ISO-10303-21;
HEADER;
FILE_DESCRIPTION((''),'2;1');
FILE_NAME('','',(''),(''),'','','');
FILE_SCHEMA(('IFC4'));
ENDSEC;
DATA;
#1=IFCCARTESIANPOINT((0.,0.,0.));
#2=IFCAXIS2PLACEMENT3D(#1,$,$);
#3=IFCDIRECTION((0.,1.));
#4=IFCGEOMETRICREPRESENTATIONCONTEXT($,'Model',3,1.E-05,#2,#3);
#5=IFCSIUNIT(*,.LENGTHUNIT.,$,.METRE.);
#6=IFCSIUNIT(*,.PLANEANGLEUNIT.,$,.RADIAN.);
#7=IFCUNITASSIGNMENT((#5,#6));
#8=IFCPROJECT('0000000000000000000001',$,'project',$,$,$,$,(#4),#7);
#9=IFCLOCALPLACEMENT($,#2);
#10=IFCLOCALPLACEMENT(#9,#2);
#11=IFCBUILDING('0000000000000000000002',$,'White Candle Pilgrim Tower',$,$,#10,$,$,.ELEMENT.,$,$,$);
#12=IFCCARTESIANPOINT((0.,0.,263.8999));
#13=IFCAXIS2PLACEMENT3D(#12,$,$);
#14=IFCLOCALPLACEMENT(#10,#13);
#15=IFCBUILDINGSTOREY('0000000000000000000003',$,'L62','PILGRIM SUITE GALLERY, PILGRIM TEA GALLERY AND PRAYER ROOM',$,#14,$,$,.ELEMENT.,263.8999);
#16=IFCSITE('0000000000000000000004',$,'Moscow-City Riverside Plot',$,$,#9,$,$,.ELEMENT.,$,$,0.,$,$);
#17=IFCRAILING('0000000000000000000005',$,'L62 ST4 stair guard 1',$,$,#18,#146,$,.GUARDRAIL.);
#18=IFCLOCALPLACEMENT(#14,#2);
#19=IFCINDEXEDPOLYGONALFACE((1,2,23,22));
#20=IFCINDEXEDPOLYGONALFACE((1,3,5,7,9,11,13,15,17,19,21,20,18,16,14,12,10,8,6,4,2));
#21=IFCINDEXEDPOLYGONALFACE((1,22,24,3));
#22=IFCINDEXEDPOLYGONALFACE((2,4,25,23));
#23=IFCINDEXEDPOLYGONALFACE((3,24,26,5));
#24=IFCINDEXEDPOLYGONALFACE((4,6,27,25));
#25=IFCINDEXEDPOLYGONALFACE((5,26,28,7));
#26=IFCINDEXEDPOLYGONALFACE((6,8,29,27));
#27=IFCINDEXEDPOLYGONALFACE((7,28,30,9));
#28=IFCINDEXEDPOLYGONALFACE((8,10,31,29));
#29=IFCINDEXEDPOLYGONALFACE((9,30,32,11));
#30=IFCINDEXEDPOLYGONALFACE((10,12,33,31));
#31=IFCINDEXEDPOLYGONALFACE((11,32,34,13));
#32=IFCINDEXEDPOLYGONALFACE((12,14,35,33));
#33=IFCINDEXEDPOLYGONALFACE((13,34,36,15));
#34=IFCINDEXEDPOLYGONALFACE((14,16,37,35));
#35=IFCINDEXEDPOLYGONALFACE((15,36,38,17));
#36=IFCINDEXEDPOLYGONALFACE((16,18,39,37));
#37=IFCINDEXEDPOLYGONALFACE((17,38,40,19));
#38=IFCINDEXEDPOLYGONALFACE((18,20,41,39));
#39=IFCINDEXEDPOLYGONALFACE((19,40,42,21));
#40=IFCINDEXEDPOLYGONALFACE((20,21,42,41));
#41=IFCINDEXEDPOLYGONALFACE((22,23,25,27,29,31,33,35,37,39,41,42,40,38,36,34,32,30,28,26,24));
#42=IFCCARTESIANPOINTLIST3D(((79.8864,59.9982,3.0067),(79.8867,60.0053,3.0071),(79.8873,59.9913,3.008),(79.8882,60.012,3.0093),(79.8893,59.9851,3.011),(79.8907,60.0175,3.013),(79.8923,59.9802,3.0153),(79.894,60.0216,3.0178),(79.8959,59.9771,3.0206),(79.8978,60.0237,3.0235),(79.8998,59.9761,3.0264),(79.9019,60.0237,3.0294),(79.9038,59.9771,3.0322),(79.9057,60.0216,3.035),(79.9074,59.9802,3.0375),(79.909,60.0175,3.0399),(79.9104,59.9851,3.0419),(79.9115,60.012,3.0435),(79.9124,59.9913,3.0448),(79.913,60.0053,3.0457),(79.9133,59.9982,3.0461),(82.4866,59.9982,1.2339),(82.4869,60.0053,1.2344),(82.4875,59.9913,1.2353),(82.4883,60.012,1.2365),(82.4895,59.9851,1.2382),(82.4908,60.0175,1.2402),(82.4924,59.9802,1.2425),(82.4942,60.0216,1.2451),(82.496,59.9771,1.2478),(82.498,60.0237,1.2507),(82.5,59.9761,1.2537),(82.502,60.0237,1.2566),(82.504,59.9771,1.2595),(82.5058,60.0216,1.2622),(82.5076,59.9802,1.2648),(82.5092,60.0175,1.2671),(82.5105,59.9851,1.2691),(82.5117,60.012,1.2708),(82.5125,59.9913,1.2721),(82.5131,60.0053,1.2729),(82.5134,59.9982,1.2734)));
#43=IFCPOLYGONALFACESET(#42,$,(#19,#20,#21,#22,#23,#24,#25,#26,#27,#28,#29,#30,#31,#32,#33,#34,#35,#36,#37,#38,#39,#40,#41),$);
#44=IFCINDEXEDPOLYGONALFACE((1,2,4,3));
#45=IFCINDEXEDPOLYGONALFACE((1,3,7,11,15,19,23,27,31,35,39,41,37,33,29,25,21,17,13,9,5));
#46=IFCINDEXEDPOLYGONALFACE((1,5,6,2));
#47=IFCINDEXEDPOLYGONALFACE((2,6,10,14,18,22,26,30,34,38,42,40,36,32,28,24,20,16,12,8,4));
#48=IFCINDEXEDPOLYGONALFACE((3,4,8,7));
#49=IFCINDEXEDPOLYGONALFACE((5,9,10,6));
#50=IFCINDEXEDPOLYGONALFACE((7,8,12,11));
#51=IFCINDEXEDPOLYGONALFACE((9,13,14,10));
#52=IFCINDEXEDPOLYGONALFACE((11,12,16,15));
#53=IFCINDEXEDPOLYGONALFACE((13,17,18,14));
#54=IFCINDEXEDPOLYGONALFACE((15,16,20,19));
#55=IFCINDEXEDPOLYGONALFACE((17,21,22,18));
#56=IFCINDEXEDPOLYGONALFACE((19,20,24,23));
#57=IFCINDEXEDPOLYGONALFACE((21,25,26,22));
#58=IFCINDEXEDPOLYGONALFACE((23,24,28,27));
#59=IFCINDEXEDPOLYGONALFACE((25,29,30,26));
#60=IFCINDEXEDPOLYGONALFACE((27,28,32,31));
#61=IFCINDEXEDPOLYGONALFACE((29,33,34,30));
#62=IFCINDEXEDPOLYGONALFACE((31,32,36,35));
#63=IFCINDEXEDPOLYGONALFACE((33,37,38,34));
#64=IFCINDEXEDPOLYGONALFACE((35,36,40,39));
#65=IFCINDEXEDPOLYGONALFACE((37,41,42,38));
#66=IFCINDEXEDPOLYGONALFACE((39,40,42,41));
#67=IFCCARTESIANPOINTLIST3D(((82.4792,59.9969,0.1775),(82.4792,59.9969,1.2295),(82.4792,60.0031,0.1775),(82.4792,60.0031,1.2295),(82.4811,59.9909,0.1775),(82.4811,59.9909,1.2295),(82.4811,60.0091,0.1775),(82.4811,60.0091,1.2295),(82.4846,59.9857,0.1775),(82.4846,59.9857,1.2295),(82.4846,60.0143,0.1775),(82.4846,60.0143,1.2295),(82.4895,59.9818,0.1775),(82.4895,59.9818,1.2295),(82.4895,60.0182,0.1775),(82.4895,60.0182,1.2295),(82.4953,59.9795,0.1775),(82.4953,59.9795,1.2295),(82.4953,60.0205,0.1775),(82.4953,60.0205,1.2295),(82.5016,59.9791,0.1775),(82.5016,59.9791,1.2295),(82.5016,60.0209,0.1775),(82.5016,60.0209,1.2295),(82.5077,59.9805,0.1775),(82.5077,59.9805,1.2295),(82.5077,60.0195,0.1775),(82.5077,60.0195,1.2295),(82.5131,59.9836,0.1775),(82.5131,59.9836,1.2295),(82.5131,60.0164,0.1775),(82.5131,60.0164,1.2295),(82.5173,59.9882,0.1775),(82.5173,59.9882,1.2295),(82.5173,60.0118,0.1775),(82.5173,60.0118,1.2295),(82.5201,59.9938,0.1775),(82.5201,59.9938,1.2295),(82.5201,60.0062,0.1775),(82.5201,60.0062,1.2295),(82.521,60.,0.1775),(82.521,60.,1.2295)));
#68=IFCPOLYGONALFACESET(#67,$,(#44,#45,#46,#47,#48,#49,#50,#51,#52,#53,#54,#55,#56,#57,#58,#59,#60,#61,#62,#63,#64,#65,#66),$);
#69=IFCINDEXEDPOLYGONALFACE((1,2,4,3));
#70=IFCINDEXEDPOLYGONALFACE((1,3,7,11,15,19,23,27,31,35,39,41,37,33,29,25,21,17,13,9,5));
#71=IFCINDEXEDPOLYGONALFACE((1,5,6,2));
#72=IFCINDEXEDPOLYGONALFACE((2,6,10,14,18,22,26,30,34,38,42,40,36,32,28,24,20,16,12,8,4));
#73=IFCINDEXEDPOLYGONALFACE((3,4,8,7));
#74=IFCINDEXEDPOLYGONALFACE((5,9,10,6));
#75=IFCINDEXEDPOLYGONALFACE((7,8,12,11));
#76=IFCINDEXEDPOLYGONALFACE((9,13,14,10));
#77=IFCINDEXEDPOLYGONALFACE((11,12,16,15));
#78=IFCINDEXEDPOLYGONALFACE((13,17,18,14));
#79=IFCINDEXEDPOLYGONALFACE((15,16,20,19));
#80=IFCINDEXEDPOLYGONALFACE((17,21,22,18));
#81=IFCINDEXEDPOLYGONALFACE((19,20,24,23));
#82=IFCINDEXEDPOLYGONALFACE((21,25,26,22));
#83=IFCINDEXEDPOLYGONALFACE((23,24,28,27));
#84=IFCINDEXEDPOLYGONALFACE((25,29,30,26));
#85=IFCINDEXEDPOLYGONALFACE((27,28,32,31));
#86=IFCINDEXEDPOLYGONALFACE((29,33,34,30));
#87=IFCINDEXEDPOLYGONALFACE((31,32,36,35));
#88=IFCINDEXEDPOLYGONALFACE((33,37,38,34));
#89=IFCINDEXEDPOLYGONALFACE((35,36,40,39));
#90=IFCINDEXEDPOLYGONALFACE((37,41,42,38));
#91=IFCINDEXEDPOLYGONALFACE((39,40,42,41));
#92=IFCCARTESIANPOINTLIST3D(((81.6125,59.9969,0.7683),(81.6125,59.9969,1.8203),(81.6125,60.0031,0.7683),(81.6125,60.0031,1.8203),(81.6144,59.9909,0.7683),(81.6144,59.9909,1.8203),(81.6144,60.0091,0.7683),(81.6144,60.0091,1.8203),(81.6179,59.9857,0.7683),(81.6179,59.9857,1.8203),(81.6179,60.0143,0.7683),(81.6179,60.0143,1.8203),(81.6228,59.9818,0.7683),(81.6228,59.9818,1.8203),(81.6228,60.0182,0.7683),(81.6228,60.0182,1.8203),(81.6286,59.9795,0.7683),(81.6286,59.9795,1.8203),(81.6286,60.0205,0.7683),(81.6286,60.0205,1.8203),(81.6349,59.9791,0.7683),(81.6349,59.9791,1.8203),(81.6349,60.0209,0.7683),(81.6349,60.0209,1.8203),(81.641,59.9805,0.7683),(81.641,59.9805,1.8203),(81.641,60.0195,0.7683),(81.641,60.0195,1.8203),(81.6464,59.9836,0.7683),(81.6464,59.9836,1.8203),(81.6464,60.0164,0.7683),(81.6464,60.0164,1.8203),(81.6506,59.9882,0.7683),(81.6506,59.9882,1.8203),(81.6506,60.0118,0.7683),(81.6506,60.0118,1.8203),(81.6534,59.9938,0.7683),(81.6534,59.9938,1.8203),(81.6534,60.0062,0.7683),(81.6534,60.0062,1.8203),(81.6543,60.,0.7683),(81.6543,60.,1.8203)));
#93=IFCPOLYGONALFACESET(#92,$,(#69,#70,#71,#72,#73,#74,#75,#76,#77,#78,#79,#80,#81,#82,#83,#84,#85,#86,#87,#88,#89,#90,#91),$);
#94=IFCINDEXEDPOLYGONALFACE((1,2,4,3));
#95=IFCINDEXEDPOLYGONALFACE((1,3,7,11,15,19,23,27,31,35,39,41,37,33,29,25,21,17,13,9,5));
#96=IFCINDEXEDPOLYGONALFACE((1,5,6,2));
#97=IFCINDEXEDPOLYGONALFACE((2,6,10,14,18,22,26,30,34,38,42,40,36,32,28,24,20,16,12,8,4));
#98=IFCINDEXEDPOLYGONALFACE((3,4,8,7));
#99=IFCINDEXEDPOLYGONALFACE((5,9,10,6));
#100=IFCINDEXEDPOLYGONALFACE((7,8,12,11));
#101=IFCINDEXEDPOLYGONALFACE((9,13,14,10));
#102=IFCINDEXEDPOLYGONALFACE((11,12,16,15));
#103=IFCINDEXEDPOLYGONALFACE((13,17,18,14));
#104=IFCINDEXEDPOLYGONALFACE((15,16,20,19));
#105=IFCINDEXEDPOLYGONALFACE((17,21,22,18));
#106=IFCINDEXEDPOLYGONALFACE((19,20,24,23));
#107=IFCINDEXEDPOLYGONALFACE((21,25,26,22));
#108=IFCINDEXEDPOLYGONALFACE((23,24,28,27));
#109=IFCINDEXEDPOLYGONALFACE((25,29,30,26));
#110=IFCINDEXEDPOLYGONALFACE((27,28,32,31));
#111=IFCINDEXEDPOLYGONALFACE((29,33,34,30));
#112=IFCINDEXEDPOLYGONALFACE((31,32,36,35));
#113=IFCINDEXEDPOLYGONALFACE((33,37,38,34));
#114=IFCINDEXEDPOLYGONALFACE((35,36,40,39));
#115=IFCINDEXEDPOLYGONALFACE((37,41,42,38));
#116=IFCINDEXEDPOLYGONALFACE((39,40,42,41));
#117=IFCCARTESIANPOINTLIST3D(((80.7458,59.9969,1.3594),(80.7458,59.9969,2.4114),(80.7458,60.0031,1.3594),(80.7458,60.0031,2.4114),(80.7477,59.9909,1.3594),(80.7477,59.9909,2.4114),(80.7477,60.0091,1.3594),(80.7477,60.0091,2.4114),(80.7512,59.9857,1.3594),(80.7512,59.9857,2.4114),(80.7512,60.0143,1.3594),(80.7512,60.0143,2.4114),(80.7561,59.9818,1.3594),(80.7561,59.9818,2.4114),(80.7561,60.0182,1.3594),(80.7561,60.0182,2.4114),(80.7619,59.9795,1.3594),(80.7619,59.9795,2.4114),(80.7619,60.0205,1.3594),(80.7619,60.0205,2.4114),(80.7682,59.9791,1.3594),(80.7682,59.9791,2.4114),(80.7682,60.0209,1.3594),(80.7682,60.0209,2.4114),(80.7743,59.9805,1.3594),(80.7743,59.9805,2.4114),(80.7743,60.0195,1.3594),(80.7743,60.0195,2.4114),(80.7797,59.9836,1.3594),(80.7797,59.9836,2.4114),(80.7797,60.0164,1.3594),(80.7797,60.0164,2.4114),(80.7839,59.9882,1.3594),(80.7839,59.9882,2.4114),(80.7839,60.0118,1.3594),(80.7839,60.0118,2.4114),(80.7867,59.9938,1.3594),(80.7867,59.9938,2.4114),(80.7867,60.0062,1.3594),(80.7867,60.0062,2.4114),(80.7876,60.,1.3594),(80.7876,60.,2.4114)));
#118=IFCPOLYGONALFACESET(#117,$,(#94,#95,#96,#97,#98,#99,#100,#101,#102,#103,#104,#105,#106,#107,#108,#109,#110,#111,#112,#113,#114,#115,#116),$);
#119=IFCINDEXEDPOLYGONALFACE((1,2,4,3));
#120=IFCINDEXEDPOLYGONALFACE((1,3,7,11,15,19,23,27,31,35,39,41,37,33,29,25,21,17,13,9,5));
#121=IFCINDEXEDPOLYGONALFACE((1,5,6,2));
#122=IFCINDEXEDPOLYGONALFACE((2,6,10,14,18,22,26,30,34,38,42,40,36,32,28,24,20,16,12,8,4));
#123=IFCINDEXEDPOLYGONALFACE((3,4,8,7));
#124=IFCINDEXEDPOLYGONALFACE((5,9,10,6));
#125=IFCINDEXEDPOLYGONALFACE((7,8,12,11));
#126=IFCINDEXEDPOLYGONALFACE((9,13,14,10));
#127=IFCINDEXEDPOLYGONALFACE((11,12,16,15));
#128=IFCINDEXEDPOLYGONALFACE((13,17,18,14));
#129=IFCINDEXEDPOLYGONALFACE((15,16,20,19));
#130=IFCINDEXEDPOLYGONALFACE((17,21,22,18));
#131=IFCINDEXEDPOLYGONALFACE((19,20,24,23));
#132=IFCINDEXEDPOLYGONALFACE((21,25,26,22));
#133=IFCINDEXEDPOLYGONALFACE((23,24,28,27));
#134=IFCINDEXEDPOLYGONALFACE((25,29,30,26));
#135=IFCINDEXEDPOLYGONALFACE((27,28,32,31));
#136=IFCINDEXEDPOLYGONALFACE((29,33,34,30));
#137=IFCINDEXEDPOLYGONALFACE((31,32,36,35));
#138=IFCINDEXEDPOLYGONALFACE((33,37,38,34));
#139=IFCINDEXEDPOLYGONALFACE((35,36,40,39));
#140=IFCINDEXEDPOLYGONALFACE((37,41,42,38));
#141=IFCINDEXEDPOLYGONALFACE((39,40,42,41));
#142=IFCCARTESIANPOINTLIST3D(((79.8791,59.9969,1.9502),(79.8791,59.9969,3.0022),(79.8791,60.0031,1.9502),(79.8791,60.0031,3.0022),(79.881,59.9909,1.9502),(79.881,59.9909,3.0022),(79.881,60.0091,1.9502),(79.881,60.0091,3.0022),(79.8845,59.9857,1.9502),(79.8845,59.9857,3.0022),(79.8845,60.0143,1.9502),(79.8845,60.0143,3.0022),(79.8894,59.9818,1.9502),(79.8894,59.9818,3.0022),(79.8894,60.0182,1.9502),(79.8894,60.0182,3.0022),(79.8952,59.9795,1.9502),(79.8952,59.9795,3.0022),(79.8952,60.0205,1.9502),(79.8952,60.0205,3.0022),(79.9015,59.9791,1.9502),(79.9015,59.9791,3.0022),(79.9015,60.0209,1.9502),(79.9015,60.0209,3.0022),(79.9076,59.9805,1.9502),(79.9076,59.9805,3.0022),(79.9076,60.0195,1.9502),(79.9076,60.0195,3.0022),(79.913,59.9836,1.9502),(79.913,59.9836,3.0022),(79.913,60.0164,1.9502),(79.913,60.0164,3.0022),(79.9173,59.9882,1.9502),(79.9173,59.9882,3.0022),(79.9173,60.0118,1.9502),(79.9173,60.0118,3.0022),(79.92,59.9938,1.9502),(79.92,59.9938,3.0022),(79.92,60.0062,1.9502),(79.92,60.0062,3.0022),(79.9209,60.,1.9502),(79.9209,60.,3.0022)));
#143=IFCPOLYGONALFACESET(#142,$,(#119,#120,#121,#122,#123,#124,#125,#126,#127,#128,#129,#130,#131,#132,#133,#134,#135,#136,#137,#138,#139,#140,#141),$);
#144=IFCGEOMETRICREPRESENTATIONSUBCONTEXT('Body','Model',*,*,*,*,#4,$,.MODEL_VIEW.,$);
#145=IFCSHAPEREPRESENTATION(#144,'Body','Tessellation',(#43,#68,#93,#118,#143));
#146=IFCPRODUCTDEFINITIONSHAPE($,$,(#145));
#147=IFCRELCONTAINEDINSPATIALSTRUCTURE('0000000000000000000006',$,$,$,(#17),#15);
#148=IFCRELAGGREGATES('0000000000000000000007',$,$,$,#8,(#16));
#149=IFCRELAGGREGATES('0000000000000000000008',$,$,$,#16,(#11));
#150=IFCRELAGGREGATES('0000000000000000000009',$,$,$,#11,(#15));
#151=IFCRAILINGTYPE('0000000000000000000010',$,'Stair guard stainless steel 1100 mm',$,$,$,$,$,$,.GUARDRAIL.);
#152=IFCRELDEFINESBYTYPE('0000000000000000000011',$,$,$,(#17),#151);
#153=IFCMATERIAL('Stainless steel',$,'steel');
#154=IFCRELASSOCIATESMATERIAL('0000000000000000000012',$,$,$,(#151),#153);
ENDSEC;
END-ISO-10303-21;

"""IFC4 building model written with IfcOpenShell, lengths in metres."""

from ifc_helpers import new_model, si_unit, direction, frame, origin, origin_2d, place, context, subcontext, project, spatial, circle, extrude, material, type_object, element, save


model = new_model("IFC4")

# Units and contexts
model_context = context("Model", 3, precision=1e-05, world=origin(), true_north=direction((0.0, 1.0)))
body_context = subcontext(model_context, "Body", "Model", "MODEL_VIEW")
ifc_project = project(units=[si_unit("LENGTHUNIT", "METRE"), si_unit("PLANEANGLEUNIT", "RADIAN")], contexts=[model_context])

# Site, building, storey
site_placement = place(None, origin())
site = spatial("IfcSite", under=ifc_project, at=site_placement, Name="Moscow-City Riverside Plot", CompositionType="ELEMENT", RefElevation=0.0)
building_placement = place(site_placement, origin())
building = spatial("IfcBuilding", under=site, at=building_placement, Name="White Candle Pilgrim Tower", CompositionType="ELEMENT")
storey_placement = place(building_placement, frame((0.0, 0.0, 263.8999)))
storey = spatial("IfcBuildingStorey", under=building, at=storey_placement, Name="L62", Description="PILGRIM SUITE GALLERY, PILGRIM TEA GALLERY AND PRAYER ROOM", CompositionType="ELEMENT", Elevation=263.8999)

# Railing
ifc_material_1 = material(Name="Stainless steel", Category="steel")
railing_type_1 = type_object("IfcRailingType", Name="Stair guard stainless steel 1100 mm", PredefinedType="GUARDRAIL", material=ifc_material_1)
railing_1_placement = place(storey_placement, frame((82.5, 60.0, 0.1775)))
element("IfcRailing", 1, at=railing_1_placement, inside=storey, type_object=railing_type_1, Name="L62 ST4 stair guard 1", PredefinedType="GUARDRAIL", context=body_context, shape_type="SweptSolid", body=[
    extrude(circle(Radius=0.0239, at=origin_2d()), frame((0.0, 0.0, 1.0762), z_axis=(-0.82624, 0.0, 0.563318), x_axis=(0.0, -1.0, 0.0)), (0.0, 0.0, 1.0), 3.147),
    extrude(circle(Radius=0.021, at=origin_2d()), origin(), (0.0, 0.0, 1.0), 1.052),
    extrude(circle(Radius=0.021, at=origin_2d()), frame((-0.8667, 0.0, 0.5908)), (0.0, 0.0, 1.0), 1.052),
    extrude(circle(Radius=0.021, at=origin_2d()), frame((-1.7334, 0.0, 1.1819)), (0.0, 0.0, 1.0), 1.052),
    extrude(circle(Radius=0.021, at=origin_2d()), frame((-2.6001, 0.0, 1.7727)), (0.0, 0.0, 1.0), 1.052),
])

save(model, "model.ifc")
